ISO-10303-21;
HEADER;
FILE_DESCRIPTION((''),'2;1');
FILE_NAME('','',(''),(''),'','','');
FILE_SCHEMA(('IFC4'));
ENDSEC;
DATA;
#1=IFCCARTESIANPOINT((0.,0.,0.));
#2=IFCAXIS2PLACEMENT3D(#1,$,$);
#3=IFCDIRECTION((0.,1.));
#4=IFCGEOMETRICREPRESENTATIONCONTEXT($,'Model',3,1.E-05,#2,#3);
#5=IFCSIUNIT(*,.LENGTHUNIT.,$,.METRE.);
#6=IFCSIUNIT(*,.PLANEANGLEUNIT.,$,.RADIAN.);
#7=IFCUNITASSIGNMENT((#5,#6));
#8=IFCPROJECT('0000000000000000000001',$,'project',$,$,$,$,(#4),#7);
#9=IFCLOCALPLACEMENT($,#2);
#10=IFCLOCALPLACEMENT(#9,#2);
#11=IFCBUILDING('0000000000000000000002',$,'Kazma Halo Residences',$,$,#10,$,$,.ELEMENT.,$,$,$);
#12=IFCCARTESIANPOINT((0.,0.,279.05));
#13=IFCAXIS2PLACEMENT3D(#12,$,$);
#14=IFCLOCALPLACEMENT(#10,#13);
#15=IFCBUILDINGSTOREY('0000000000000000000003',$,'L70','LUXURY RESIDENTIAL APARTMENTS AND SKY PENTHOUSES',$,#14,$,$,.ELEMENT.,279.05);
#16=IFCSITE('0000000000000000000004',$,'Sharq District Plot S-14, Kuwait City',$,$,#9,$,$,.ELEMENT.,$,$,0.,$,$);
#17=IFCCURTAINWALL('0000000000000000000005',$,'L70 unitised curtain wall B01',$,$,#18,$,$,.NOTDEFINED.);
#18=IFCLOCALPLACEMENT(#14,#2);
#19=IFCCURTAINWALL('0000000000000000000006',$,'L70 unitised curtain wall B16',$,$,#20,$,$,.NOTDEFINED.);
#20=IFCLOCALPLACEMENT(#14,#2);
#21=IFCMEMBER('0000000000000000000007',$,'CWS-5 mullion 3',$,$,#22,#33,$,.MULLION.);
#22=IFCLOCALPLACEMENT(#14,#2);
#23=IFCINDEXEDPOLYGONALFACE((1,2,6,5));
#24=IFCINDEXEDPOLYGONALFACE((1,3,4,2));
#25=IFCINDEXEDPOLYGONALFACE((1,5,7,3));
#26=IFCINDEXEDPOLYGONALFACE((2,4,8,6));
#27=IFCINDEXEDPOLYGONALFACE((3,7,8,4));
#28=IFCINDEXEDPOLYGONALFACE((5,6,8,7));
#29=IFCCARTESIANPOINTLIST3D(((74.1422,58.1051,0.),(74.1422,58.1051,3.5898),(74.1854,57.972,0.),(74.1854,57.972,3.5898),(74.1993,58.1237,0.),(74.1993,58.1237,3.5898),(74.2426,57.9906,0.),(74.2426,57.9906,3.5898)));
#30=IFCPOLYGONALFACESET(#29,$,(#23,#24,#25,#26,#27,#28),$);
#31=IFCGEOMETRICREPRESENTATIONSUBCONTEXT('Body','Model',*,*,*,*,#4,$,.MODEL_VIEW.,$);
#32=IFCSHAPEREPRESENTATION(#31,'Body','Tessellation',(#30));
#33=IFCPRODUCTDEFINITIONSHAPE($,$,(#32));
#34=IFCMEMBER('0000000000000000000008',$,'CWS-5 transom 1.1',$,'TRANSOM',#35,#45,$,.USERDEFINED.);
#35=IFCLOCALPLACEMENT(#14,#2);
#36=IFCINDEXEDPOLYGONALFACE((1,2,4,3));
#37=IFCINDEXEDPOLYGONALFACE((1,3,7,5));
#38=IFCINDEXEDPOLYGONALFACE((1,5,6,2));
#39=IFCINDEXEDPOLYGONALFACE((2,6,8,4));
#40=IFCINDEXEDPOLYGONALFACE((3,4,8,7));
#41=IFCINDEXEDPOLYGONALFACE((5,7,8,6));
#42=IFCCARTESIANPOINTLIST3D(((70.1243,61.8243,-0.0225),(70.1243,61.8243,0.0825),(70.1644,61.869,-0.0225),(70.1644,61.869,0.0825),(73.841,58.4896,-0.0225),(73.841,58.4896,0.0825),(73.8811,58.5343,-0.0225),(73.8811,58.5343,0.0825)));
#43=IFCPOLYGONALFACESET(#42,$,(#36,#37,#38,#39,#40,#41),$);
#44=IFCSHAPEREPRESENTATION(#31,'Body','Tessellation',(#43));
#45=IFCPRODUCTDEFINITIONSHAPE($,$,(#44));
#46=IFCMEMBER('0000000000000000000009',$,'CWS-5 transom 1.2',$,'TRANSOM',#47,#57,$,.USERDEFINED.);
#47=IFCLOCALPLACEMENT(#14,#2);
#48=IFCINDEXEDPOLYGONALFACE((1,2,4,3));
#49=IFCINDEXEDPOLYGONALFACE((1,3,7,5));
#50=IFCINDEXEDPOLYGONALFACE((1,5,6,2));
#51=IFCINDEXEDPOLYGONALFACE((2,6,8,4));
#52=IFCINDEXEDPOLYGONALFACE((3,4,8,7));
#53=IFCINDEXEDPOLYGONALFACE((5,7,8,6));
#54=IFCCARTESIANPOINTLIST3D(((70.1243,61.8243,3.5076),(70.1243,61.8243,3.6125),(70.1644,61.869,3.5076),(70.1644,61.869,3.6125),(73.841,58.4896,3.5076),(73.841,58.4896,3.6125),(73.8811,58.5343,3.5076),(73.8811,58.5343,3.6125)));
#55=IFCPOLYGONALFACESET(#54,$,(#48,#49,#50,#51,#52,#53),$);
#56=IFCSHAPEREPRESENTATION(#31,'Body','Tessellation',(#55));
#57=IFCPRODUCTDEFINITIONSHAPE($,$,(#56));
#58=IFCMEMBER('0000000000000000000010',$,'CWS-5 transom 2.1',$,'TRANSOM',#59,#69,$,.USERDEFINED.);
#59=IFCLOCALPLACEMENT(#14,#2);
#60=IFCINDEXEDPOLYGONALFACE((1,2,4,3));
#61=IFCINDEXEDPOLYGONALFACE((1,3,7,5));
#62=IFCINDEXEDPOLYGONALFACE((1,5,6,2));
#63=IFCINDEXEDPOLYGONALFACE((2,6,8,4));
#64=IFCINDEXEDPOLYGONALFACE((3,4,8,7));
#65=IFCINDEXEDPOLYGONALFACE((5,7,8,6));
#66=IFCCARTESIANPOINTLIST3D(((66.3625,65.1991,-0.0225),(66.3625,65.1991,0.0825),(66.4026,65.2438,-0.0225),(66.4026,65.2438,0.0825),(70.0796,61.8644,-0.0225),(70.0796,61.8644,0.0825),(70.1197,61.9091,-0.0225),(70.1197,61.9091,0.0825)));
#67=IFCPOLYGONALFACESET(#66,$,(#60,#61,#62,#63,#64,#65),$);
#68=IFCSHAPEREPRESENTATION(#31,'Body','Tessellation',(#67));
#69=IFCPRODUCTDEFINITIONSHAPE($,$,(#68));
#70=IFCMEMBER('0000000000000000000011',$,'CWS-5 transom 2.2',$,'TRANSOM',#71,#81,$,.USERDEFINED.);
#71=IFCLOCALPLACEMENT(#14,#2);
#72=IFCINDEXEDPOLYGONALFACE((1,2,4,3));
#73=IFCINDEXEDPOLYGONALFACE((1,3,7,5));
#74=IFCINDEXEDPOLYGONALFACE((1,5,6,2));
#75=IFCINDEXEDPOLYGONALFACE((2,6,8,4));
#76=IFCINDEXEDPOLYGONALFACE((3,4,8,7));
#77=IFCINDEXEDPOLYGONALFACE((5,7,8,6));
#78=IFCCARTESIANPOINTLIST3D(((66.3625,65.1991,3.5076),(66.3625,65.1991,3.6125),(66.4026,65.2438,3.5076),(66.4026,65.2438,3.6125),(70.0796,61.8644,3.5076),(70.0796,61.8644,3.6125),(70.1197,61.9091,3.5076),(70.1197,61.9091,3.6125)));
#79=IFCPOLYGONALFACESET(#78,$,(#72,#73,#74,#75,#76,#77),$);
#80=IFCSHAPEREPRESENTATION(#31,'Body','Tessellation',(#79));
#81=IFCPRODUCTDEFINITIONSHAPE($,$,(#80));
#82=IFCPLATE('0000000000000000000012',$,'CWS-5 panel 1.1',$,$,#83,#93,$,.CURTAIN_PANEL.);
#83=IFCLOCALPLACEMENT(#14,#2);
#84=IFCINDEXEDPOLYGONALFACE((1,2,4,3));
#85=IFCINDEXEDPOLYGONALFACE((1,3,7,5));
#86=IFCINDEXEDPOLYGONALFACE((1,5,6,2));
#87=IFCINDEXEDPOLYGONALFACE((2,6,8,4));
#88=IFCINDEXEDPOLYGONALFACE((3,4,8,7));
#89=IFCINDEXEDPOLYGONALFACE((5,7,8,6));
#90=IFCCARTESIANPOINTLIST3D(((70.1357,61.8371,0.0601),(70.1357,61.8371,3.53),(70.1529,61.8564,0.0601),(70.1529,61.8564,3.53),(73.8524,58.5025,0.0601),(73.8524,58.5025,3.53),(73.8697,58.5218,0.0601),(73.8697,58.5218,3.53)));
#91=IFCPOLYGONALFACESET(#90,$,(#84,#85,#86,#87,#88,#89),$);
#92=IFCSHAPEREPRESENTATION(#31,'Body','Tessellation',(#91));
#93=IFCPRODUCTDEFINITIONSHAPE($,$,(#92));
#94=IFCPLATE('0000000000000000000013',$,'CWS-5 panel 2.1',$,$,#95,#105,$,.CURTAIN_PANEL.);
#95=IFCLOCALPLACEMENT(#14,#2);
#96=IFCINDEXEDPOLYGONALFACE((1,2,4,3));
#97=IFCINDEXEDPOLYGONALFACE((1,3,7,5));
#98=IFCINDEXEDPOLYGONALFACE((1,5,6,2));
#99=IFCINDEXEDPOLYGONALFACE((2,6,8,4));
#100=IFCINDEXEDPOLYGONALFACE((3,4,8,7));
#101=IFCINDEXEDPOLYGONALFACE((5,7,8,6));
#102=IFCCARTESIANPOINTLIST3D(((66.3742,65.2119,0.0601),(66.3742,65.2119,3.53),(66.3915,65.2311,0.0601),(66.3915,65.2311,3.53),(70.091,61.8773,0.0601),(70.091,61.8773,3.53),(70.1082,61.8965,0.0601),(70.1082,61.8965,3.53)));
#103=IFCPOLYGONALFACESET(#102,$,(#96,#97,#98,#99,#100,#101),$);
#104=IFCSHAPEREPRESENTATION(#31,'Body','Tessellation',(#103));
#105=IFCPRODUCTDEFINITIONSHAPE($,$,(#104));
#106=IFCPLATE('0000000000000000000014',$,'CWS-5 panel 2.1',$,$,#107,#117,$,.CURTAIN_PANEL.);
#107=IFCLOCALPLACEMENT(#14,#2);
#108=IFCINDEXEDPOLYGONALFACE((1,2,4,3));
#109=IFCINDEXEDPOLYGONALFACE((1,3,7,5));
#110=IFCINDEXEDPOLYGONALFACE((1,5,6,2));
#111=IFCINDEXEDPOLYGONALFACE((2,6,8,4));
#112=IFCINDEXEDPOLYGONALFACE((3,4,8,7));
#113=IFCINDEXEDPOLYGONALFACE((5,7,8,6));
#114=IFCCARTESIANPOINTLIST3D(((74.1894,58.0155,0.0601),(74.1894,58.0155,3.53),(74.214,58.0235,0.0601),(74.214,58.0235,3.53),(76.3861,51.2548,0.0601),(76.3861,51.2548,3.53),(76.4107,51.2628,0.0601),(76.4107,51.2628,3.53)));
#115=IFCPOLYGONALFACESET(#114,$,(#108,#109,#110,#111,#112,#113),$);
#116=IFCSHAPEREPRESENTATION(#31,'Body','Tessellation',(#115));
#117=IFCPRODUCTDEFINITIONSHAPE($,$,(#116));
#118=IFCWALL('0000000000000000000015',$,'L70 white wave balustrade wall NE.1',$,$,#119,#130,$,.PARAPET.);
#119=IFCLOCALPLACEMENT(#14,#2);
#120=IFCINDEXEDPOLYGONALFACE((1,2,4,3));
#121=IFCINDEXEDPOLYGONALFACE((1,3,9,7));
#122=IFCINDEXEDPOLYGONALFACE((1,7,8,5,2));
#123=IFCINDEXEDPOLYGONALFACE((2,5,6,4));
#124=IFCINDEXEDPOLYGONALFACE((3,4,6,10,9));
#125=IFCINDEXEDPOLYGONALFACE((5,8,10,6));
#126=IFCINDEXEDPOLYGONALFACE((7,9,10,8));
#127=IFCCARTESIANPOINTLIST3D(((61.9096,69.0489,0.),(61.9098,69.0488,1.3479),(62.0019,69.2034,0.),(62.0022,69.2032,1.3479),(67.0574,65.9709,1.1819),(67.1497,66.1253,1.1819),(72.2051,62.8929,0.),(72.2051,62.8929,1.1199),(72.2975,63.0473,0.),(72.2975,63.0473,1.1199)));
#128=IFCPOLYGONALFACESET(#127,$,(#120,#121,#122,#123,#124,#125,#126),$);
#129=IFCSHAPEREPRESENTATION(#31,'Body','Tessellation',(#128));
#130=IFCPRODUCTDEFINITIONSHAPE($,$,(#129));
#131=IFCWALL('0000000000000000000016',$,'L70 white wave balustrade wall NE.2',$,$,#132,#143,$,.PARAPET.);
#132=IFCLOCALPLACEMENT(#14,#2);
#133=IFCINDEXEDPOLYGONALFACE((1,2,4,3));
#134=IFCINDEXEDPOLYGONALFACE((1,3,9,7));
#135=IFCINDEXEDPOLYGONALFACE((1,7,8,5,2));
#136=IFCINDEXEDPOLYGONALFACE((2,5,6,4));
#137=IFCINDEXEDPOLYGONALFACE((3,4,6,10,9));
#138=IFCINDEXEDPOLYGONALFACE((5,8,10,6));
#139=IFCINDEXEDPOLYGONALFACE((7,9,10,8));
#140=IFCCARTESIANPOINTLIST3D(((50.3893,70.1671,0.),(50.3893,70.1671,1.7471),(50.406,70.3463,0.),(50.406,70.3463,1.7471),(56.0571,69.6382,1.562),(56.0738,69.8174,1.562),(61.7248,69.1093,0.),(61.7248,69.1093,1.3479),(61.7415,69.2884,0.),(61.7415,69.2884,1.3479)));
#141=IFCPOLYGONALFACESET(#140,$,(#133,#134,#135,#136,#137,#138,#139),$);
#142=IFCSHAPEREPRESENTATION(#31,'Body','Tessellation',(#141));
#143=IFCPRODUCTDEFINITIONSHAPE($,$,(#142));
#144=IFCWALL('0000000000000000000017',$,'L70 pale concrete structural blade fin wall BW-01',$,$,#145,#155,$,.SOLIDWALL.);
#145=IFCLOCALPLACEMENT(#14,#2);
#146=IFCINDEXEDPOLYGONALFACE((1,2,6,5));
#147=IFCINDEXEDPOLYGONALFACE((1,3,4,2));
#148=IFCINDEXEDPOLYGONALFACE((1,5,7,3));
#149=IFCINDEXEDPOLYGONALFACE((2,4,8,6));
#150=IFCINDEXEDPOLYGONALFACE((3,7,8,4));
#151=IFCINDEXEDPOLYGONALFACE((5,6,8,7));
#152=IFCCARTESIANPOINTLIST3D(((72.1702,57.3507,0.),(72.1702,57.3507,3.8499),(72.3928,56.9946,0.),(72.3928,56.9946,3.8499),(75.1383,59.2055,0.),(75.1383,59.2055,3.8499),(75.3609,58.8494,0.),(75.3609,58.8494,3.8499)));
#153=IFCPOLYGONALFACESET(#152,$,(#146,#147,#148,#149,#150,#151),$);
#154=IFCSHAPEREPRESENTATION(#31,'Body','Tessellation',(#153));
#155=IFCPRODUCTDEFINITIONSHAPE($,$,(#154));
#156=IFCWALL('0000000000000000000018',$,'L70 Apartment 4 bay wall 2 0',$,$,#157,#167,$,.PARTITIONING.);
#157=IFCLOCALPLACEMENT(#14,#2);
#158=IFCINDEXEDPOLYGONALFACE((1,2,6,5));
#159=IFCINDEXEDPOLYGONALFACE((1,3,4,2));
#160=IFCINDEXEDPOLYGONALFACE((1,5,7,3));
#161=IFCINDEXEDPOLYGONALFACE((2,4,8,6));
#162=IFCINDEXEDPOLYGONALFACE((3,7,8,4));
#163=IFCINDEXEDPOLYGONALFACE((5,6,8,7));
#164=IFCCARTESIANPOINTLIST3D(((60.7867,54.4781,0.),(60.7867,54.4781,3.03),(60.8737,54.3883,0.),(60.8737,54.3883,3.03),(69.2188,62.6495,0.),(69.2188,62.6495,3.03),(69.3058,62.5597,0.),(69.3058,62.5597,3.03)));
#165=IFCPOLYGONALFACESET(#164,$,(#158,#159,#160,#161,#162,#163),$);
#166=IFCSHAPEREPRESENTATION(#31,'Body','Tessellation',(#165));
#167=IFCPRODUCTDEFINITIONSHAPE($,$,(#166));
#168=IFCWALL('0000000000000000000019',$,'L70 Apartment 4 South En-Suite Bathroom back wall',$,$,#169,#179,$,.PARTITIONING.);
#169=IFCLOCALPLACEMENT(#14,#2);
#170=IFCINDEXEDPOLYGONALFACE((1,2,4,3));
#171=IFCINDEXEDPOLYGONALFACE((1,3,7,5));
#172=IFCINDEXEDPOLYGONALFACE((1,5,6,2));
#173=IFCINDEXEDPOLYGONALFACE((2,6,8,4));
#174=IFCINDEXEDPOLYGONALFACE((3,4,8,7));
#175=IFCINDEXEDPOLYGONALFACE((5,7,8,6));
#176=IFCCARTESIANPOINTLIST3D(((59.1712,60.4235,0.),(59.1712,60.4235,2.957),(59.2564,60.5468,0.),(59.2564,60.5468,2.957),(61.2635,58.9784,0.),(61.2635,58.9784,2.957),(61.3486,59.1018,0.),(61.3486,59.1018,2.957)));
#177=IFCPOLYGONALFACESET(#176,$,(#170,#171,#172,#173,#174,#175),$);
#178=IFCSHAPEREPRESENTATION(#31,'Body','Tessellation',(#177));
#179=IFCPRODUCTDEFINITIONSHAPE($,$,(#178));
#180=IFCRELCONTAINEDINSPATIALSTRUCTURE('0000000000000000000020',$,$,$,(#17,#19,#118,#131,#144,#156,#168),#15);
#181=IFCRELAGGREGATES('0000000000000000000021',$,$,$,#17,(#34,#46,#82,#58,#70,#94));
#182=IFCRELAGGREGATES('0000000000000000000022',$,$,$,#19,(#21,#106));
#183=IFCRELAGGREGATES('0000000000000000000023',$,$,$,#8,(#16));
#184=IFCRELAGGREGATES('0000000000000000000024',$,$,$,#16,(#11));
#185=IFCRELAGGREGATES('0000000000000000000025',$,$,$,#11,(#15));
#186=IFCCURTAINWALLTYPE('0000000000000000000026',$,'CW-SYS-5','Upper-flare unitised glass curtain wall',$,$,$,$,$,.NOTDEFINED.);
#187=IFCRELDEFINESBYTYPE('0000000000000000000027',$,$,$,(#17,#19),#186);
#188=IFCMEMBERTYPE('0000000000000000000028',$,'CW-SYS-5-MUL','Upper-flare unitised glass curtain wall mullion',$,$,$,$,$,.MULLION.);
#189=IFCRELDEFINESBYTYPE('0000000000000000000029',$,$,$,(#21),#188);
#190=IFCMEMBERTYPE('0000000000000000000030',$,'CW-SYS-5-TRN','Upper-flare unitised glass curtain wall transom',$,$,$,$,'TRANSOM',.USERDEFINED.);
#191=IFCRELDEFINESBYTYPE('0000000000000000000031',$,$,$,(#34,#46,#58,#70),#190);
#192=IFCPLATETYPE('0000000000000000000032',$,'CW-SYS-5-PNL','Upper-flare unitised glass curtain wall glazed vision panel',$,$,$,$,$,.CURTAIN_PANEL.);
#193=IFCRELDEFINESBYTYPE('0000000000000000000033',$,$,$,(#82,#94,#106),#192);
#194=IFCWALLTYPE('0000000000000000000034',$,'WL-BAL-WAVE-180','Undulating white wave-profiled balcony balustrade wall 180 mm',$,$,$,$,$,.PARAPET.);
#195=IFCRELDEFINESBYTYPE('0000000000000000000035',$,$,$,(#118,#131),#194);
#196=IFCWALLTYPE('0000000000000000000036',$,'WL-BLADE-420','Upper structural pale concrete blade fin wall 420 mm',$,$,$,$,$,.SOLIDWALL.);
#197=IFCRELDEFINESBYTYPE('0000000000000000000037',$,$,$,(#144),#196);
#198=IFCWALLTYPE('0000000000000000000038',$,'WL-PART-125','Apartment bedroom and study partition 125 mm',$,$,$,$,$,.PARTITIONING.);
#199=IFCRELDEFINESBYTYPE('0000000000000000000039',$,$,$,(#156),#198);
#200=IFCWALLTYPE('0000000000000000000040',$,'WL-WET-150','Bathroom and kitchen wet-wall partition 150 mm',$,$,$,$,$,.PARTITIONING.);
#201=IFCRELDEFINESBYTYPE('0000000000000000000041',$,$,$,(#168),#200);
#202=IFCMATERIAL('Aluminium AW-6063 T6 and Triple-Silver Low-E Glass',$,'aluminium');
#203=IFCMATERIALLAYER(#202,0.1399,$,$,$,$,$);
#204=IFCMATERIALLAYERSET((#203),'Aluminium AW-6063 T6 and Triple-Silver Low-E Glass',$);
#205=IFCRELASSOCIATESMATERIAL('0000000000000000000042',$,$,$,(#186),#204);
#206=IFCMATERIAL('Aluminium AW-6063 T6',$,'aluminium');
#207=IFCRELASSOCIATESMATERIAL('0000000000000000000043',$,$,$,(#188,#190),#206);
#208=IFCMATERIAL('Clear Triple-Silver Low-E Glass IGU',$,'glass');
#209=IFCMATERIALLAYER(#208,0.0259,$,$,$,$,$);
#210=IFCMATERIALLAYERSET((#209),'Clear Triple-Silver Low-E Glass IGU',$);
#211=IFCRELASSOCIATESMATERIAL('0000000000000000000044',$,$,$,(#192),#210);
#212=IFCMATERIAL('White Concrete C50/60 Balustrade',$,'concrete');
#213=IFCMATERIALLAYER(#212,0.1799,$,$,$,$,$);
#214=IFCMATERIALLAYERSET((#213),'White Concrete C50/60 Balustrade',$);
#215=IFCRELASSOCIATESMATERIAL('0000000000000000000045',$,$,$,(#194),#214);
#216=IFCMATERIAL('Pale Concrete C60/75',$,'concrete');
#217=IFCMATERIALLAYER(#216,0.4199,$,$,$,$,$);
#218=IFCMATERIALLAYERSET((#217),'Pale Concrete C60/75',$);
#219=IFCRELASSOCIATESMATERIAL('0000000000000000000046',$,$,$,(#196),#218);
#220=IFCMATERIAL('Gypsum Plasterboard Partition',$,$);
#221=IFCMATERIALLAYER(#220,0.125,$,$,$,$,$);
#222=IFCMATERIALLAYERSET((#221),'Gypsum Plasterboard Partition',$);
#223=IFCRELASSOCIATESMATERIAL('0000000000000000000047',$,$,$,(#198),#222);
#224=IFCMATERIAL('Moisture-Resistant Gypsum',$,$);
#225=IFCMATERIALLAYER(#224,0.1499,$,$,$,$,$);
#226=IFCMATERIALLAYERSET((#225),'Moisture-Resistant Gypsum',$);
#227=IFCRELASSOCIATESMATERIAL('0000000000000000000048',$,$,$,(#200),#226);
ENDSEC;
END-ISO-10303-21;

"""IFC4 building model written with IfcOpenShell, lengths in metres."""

from ifc_helpers import new_model, si_unit, direction, frame, frame_2d, origin, origin_2d, place, context, subcontext, project, spatial, polyline, rectangle, outline, extrude, material, layer, layer_set, material_profile, profile_set, type_object, element, aggregate, save


model = new_model("IFC4")

# Units and contexts
model_context = context("Model", 3, precision=1e-05, world=origin(), true_north=direction((0.0, 1.0)))
body_context = subcontext(model_context, "Body", "Model", "MODEL_VIEW")
ifc_project = project(units=[si_unit("LENGTHUNIT", "METRE"), si_unit("PLANEANGLEUNIT", "RADIAN")], contexts=[model_context])

# Site, building, storey
site_placement = place(None, origin())
site = spatial("IfcSite", under=ifc_project, at=site_placement, Name="Sharq District Plot S-14, Kuwait City", CompositionType="ELEMENT", RefElevation=0.0)
building_placement = place(site_placement, origin())
building = spatial("IfcBuilding", under=site, at=building_placement, Name="Kazma Halo Residences", CompositionType="ELEMENT")
storey_placement = place(building_placement, frame((0.0, 0.0, 279.05)))
storey = spatial("IfcBuildingStorey", under=building, at=storey_placement, Name="L70", Description="LUXURY RESIDENTIAL APARTMENTS AND SKY PENTHOUSES", CompositionType="ELEMENT", Elevation=279.05)

# Curtain wall
ifc_material_1 = material(Name="Aluminium AW-6063 T6 and Triple-Silver Low-E Glass", Category="aluminium")
ifc_layer_1 = layer(ifc_material_1, 0.1399)
ifc_layer_set_1 = layer_set([ifc_layer_1], Name="Aluminium AW-6063 T6 and Triple-Silver Low-E Glass")
curtain_wall_type = type_object("IfcCurtainWallType", Name="CW-SYS-5", Description="Upper-flare unitised glass curtain wall", PredefinedType="NOTDEFINED", material=ifc_layer_set_1)
curtain_wall_1_placement = place(storey_placement, origin())
curtain_wall_1 = element("IfcCurtainWall", 1, at=curtain_wall_1_placement, inside=storey, type_object=curtain_wall_type, Name="L70 unitised curtain wall B01", PredefinedType="NOTDEFINED")
ifc_material_2 = material(Name="Aluminium AW-6063 T6", Category="aluminium")
ifc_material_profile_1 = material_profile(ifc_material_2, rectangle(XDim=0.0601, YDim=0.1399, at=origin_2d()), Name="CWM-60x140")
ifc_profile_set_1 = profile_set([ifc_material_profile_1], Name="Aluminium AW-6063 T6")
member_type_1 = type_object("IfcMemberType", Name="CW-SYS-5-MUL", Description="Upper-flare unitised glass curtain wall mullion", PredefinedType="MULLION", material=ifc_profile_set_1)

# Curtain wall, member
curtain_wall_2_placement = place(storey_placement, origin())
curtain_wall_2 = element("IfcCurtainWall", 2, at=curtain_wall_2_placement, inside=storey, type_object=curtain_wall_type, Name="L70 unitised curtain wall B16", PredefinedType="NOTDEFINED")
member_1_placement = place(storey_placement, frame((74.1924, 58.0479, 0.0), z_axis=(0.0, 0.0, 1.0), x_axis=(-0.951058, -0.309011, 0.0)))
member_1 = element("IfcMember", 3, at=member_1_placement, type_object=member_type_1, Name="CWS-5 mullion 3", PredefinedType="MULLION", context=body_context, shape_type="SweptSolid", body=[
    extrude(rectangle(XDim=0.0601, YDim=0.1399, at=origin_2d()), origin(), (0.0, 0.0, 1.0), 3.5898),
])

# Members
ifc_material_profile_2 = material_profile(ifc_material_2, rectangle(XDim=0.0601, YDim=0.105, at=origin_2d()), Name="CWT-60x105")
ifc_profile_set_2 = profile_set([ifc_material_profile_2], Name="Aluminium AW-6063 T6")
member_type_2 = type_object("IfcMemberType", Name="CW-SYS-5-TRN", Description="Upper-flare unitised glass curtain wall transom", ElementType="TRANSOM", PredefinedType="USERDEFINED", material=ifc_profile_set_2)
member_2_placement = place(storey_placement, frame((73.8611, 58.512, 0.03), z_axis=(-0.744329, 0.667813, 0.0), x_axis=(-0.667813, -0.744329, 0.0)))
member_2 = element("IfcMember", 4, at=member_2_placement, type_object=member_type_2, Name="CWS-5 transom 1.1", ObjectType="TRANSOM", PredefinedType="USERDEFINED", context=body_context, shape_type="SweptSolid", body=[
    extrude(rectangle(XDim=0.0601, YDim=0.105, at=origin_2d()), origin(), (0.0, 0.0, 1.0), 4.9934),
])
member_3_placement = place(storey_placement, frame((73.8611, 58.512, 3.5601), z_axis=(-0.744329, 0.667813, 0.0), x_axis=(-0.667813, -0.744329, 0.0)))
member_3 = element("IfcMember", 5, at=member_3_placement, type_object=member_type_2, Name="CWS-5 transom 1.2", ObjectType="TRANSOM", PredefinedType="USERDEFINED", context=body_context, shape_type="SweptSolid", body=[
    extrude(rectangle(XDim=0.0601, YDim=0.105, at=origin_2d()), origin(), (0.0, 0.0, 1.0), 4.9934),
])
member_4_placement = place(storey_placement, frame((70.0996, 61.8867, 0.03), z_axis=(-0.744351, 0.667789, 0.0), x_axis=(-0.667789, -0.744351, 0.0)))
member_4 = element("IfcMember", 6, at=member_4_placement, type_object=member_type_2, Name="CWS-5 transom 2.1", ObjectType="TRANSOM", PredefinedType="USERDEFINED", context=body_context, shape_type="SweptSolid", body=[
    extrude(rectangle(XDim=0.0601, YDim=0.105, at=origin_2d()), origin(), (0.0, 0.0, 1.0), 4.9937),
])
member_5_placement = place(storey_placement, frame((70.0996, 61.8867, 3.5601), z_axis=(-0.744351, 0.667789, 0.0), x_axis=(-0.667789, -0.744351, 0.0)))
member_5 = element("IfcMember", 7, at=member_5_placement, type_object=member_type_2, Name="CWS-5 transom 2.2", ObjectType="TRANSOM", PredefinedType="USERDEFINED", context=body_context, shape_type="SweptSolid", body=[
    extrude(rectangle(XDim=0.0601, YDim=0.105, at=origin_2d()), origin(), (0.0, 0.0, 1.0), 4.9937),
])

# Plates
ifc_material_3 = material(Name="Clear Triple-Silver Low-E Glass IGU", Category="glass")
ifc_layer_2 = layer(ifc_material_3, 0.0259)
ifc_layer_set_2 = layer_set([ifc_layer_2], Name="Clear Triple-Silver Low-E Glass IGU")
plate_type = type_object("IfcPlateType", Name="CW-SYS-5-PNL", Description="Upper-flare unitised glass curtain wall glazed vision panel", PredefinedType="CURTAIN_PANEL", material=ifc_layer_set_2)
plate_1_placement = place(storey_placement, frame((72.0027, 60.1794, 0.0601), z_axis=(0.0, 0.0, 1.0), x_axis=(-0.744336, 0.667805, 0.0)))
plate_1 = element("IfcPlate", 8, at=plate_1_placement, type_object=plate_type, Name="CWS-5 panel 1.1", PredefinedType="CURTAIN_PANEL", context=body_context, shape_type="SweptSolid", body=[
    extrude(rectangle(XDim=4.9934, YDim=0.0259, at=origin_2d()), origin(), (0.0, 0.0, 1.0), 3.47),
])
plate_2_placement = place(storey_placement, frame((68.2412, 63.5542, 0.0601), z_axis=(0.0, 0.0, 1.0), x_axis=(-0.744336, 0.667805, 0.0)))
plate_2 = element("IfcPlate", 9, at=plate_2_placement, type_object=plate_type, Name="CWS-5 panel 2.1", PredefinedType="CURTAIN_PANEL", context=body_context, shape_type="SweptSolid", body=[
    extrude(rectangle(XDim=4.9934, YDim=0.0259, at=origin_2d()), origin(), (0.0, 0.0, 1.0), 3.47),
])
aggregate(curtain_wall_1, [member_2, member_3, plate_1, member_4, member_5, plate_2])
plate_3_placement = place(storey_placement, frame((75.3, 54.6392, 0.0601), z_axis=(0.0, 0.0, 1.0), x_axis=(-0.309011, 0.951058, 0.0)))
plate_3 = element("IfcPlate", 10, at=plate_3_placement, type_object=plate_type, Name="CWS-5 panel 2.1", PredefinedType="CURTAIN_PANEL", context=body_context, shape_type="SweptSolid", body=[
    extrude(rectangle(XDim=7.1086, YDim=0.0259, at=origin_2d()), origin(), (0.0, 0.0, 1.0), 3.47),
])
aggregate(curtain_wall_2, [member_1, plate_3])

# Walls
ifc_material_4 = material(Name="White Concrete C50/60 Balustrade", Category="concrete")
ifc_layer_3 = layer(ifc_material_4, 0.1799)
ifc_layer_set_3 = layer_set([ifc_layer_3], Name="White Concrete C50/60 Balustrade")
wall_type_1 = type_object("IfcWallType", Name="WL-BAL-WAVE-180", Description="Undulating white wave-profiled balcony balustrade wall 180 mm", PredefinedType="PARAPET", material=ifc_layer_set_3)
wall_1_placement = place(storey_placement, frame((72.2512, 62.97, 0.0), z_axis=(0.0, 0.0, 1.0), x_axis=(-0.858273, 0.513193, 0.0)))
element("IfcWall", 11, at=wall_1_placement, inside=storey, type_object=wall_type_1, Name="L70 white wave balustrade wall NE.1", PredefinedType="PARAPET", context=body_context, shape_type="SweptSolid", body=[
    extrude(outline(polyline([(0.0, 0.0), (11.9956, 0.0), (11.9954, 1.3479), (5.9978, 1.1819), (0.0, 1.1199), (0.0, 0.0)])), frame((0.0, 0.0898, 0.0), z_axis=(0.0, -1.0, 0.0), x_axis=(1.0, 0.0, 0.0)), (0.0, 0.0, 1.0), 0.1799),
])
wall_2_placement = place(storey_placement, frame((61.7332, 69.1987, 0.0), z_axis=(0.0, 0.0, 1.0), x_axis=(-0.995674, 0.09292, 0.0)))
element("IfcWall", 12, at=wall_2_placement, inside=storey, type_object=wall_type_1, Name="L70 white wave balustrade wall NE.2", PredefinedType="PARAPET", context=body_context, shape_type="SweptSolid", body=[
    extrude(outline(polyline([(0.0, 0.0), (11.3848, 0.0), (11.3848, 1.7471), (5.6924, 1.562), (0.0, 1.3479), (0.0, 0.0)])), frame((0.0, 0.0898, 0.0), z_axis=(0.0, -1.0, 0.0), x_axis=(1.0, 0.0, 0.0)), (0.0, 0.0, 1.0), 0.1799),
])
ifc_material_5 = material(Name="Pale Concrete C60/75", Category="concrete")
ifc_layer_4 = layer(ifc_material_5, 0.4199)
ifc_layer_set_4 = layer_set([ifc_layer_4], Name="Pale Concrete C60/75")
wall_type_2 = type_object("IfcWallType", Name="WL-BLADE-420", Description="Upper structural pale concrete blade fin wall 420 mm", PredefinedType="SOLIDWALL", material=ifc_layer_set_4)
wall_3_placement = place(storey_placement, frame((72.2815, 57.1726, 0.0), z_axis=(0.0, 0.0, 1.0), x_axis=(0.848034, 0.529943, 0.0)))
element("IfcWall", 13, at=wall_3_placement, inside=storey, type_object=wall_type_2, Name="L70 pale concrete structural blade fin wall BW-01", PredefinedType="SOLIDWALL", context=body_context, shape_type="SweptSolid", body=[
    extrude(rectangle(XDim=3.5, YDim=0.4199, at=frame_2d((1.75, 0.0))), origin(), (0.0, 0.0, 1.0), 3.8499),
])

# Walls
ifc_material_6 = material(Name="Gypsum Plasterboard Partition")
ifc_layer_5 = layer(ifc_material_6, 0.125)
ifc_layer_set_5 = layer_set([ifc_layer_5], Name="Gypsum Plasterboard Partition")
wall_type_3 = type_object("IfcWallType", Name="WL-PART-125", Description="Apartment bedroom and study partition 125 mm", PredefinedType="PARTITIONING", material=ifc_layer_set_5)
wall_4_placement = place(storey_placement, frame((60.8301, 54.4331, 0.0), z_axis=(0.0, 0.0, 1.0), x_axis=(0.718123, 0.695917, 0.0)))
element("IfcWall", 14, at=wall_4_placement, inside=storey, type_object=wall_type_3, Name="L70 Apartment 4 bay wall 2 0", PredefinedType="PARTITIONING", context=body_context, shape_type="SweptSolid", body=[
    extrude(rectangle(XDim=11.7419, YDim=0.125, at=frame_2d((5.8711, 0.0))), origin(), (0.0, 0.0, 1.0), 3.03),
])
ifc_material_7 = material(Name="Moisture-Resistant Gypsum")
ifc_layer_6 = layer(ifc_material_7, 0.1499)
ifc_layer_set_6 = layer_set([ifc_layer_6], Name="Moisture-Resistant Gypsum")
wall_type_4 = type_object("IfcWallType", Name="WL-WET-150", Description="Bathroom and kitchen wet-wall partition 150 mm", PredefinedType="PARTITIONING", material=ifc_layer_set_6)
wall_5_placement = place(storey_placement, frame((61.3062, 59.04, 0.0), z_axis=(0.0, 0.0, 1.0), x_axis=(-0.822824, 0.568296, 0.0)))
element("IfcWall", 15, at=wall_5_placement, inside=storey, type_object=wall_type_4, Name="L70 Apartment 4 South En-Suite Bathroom back wall", PredefinedType="PARTITIONING", context=body_context, shape_type="SweptSolid", body=[
    extrude(rectangle(XDim=2.5427, YDim=0.1499, at=frame_2d((1.2715, 0.0))), origin(), (0.0, 0.0, 1.0), 2.957),
])

save(model, "model.ifc")
